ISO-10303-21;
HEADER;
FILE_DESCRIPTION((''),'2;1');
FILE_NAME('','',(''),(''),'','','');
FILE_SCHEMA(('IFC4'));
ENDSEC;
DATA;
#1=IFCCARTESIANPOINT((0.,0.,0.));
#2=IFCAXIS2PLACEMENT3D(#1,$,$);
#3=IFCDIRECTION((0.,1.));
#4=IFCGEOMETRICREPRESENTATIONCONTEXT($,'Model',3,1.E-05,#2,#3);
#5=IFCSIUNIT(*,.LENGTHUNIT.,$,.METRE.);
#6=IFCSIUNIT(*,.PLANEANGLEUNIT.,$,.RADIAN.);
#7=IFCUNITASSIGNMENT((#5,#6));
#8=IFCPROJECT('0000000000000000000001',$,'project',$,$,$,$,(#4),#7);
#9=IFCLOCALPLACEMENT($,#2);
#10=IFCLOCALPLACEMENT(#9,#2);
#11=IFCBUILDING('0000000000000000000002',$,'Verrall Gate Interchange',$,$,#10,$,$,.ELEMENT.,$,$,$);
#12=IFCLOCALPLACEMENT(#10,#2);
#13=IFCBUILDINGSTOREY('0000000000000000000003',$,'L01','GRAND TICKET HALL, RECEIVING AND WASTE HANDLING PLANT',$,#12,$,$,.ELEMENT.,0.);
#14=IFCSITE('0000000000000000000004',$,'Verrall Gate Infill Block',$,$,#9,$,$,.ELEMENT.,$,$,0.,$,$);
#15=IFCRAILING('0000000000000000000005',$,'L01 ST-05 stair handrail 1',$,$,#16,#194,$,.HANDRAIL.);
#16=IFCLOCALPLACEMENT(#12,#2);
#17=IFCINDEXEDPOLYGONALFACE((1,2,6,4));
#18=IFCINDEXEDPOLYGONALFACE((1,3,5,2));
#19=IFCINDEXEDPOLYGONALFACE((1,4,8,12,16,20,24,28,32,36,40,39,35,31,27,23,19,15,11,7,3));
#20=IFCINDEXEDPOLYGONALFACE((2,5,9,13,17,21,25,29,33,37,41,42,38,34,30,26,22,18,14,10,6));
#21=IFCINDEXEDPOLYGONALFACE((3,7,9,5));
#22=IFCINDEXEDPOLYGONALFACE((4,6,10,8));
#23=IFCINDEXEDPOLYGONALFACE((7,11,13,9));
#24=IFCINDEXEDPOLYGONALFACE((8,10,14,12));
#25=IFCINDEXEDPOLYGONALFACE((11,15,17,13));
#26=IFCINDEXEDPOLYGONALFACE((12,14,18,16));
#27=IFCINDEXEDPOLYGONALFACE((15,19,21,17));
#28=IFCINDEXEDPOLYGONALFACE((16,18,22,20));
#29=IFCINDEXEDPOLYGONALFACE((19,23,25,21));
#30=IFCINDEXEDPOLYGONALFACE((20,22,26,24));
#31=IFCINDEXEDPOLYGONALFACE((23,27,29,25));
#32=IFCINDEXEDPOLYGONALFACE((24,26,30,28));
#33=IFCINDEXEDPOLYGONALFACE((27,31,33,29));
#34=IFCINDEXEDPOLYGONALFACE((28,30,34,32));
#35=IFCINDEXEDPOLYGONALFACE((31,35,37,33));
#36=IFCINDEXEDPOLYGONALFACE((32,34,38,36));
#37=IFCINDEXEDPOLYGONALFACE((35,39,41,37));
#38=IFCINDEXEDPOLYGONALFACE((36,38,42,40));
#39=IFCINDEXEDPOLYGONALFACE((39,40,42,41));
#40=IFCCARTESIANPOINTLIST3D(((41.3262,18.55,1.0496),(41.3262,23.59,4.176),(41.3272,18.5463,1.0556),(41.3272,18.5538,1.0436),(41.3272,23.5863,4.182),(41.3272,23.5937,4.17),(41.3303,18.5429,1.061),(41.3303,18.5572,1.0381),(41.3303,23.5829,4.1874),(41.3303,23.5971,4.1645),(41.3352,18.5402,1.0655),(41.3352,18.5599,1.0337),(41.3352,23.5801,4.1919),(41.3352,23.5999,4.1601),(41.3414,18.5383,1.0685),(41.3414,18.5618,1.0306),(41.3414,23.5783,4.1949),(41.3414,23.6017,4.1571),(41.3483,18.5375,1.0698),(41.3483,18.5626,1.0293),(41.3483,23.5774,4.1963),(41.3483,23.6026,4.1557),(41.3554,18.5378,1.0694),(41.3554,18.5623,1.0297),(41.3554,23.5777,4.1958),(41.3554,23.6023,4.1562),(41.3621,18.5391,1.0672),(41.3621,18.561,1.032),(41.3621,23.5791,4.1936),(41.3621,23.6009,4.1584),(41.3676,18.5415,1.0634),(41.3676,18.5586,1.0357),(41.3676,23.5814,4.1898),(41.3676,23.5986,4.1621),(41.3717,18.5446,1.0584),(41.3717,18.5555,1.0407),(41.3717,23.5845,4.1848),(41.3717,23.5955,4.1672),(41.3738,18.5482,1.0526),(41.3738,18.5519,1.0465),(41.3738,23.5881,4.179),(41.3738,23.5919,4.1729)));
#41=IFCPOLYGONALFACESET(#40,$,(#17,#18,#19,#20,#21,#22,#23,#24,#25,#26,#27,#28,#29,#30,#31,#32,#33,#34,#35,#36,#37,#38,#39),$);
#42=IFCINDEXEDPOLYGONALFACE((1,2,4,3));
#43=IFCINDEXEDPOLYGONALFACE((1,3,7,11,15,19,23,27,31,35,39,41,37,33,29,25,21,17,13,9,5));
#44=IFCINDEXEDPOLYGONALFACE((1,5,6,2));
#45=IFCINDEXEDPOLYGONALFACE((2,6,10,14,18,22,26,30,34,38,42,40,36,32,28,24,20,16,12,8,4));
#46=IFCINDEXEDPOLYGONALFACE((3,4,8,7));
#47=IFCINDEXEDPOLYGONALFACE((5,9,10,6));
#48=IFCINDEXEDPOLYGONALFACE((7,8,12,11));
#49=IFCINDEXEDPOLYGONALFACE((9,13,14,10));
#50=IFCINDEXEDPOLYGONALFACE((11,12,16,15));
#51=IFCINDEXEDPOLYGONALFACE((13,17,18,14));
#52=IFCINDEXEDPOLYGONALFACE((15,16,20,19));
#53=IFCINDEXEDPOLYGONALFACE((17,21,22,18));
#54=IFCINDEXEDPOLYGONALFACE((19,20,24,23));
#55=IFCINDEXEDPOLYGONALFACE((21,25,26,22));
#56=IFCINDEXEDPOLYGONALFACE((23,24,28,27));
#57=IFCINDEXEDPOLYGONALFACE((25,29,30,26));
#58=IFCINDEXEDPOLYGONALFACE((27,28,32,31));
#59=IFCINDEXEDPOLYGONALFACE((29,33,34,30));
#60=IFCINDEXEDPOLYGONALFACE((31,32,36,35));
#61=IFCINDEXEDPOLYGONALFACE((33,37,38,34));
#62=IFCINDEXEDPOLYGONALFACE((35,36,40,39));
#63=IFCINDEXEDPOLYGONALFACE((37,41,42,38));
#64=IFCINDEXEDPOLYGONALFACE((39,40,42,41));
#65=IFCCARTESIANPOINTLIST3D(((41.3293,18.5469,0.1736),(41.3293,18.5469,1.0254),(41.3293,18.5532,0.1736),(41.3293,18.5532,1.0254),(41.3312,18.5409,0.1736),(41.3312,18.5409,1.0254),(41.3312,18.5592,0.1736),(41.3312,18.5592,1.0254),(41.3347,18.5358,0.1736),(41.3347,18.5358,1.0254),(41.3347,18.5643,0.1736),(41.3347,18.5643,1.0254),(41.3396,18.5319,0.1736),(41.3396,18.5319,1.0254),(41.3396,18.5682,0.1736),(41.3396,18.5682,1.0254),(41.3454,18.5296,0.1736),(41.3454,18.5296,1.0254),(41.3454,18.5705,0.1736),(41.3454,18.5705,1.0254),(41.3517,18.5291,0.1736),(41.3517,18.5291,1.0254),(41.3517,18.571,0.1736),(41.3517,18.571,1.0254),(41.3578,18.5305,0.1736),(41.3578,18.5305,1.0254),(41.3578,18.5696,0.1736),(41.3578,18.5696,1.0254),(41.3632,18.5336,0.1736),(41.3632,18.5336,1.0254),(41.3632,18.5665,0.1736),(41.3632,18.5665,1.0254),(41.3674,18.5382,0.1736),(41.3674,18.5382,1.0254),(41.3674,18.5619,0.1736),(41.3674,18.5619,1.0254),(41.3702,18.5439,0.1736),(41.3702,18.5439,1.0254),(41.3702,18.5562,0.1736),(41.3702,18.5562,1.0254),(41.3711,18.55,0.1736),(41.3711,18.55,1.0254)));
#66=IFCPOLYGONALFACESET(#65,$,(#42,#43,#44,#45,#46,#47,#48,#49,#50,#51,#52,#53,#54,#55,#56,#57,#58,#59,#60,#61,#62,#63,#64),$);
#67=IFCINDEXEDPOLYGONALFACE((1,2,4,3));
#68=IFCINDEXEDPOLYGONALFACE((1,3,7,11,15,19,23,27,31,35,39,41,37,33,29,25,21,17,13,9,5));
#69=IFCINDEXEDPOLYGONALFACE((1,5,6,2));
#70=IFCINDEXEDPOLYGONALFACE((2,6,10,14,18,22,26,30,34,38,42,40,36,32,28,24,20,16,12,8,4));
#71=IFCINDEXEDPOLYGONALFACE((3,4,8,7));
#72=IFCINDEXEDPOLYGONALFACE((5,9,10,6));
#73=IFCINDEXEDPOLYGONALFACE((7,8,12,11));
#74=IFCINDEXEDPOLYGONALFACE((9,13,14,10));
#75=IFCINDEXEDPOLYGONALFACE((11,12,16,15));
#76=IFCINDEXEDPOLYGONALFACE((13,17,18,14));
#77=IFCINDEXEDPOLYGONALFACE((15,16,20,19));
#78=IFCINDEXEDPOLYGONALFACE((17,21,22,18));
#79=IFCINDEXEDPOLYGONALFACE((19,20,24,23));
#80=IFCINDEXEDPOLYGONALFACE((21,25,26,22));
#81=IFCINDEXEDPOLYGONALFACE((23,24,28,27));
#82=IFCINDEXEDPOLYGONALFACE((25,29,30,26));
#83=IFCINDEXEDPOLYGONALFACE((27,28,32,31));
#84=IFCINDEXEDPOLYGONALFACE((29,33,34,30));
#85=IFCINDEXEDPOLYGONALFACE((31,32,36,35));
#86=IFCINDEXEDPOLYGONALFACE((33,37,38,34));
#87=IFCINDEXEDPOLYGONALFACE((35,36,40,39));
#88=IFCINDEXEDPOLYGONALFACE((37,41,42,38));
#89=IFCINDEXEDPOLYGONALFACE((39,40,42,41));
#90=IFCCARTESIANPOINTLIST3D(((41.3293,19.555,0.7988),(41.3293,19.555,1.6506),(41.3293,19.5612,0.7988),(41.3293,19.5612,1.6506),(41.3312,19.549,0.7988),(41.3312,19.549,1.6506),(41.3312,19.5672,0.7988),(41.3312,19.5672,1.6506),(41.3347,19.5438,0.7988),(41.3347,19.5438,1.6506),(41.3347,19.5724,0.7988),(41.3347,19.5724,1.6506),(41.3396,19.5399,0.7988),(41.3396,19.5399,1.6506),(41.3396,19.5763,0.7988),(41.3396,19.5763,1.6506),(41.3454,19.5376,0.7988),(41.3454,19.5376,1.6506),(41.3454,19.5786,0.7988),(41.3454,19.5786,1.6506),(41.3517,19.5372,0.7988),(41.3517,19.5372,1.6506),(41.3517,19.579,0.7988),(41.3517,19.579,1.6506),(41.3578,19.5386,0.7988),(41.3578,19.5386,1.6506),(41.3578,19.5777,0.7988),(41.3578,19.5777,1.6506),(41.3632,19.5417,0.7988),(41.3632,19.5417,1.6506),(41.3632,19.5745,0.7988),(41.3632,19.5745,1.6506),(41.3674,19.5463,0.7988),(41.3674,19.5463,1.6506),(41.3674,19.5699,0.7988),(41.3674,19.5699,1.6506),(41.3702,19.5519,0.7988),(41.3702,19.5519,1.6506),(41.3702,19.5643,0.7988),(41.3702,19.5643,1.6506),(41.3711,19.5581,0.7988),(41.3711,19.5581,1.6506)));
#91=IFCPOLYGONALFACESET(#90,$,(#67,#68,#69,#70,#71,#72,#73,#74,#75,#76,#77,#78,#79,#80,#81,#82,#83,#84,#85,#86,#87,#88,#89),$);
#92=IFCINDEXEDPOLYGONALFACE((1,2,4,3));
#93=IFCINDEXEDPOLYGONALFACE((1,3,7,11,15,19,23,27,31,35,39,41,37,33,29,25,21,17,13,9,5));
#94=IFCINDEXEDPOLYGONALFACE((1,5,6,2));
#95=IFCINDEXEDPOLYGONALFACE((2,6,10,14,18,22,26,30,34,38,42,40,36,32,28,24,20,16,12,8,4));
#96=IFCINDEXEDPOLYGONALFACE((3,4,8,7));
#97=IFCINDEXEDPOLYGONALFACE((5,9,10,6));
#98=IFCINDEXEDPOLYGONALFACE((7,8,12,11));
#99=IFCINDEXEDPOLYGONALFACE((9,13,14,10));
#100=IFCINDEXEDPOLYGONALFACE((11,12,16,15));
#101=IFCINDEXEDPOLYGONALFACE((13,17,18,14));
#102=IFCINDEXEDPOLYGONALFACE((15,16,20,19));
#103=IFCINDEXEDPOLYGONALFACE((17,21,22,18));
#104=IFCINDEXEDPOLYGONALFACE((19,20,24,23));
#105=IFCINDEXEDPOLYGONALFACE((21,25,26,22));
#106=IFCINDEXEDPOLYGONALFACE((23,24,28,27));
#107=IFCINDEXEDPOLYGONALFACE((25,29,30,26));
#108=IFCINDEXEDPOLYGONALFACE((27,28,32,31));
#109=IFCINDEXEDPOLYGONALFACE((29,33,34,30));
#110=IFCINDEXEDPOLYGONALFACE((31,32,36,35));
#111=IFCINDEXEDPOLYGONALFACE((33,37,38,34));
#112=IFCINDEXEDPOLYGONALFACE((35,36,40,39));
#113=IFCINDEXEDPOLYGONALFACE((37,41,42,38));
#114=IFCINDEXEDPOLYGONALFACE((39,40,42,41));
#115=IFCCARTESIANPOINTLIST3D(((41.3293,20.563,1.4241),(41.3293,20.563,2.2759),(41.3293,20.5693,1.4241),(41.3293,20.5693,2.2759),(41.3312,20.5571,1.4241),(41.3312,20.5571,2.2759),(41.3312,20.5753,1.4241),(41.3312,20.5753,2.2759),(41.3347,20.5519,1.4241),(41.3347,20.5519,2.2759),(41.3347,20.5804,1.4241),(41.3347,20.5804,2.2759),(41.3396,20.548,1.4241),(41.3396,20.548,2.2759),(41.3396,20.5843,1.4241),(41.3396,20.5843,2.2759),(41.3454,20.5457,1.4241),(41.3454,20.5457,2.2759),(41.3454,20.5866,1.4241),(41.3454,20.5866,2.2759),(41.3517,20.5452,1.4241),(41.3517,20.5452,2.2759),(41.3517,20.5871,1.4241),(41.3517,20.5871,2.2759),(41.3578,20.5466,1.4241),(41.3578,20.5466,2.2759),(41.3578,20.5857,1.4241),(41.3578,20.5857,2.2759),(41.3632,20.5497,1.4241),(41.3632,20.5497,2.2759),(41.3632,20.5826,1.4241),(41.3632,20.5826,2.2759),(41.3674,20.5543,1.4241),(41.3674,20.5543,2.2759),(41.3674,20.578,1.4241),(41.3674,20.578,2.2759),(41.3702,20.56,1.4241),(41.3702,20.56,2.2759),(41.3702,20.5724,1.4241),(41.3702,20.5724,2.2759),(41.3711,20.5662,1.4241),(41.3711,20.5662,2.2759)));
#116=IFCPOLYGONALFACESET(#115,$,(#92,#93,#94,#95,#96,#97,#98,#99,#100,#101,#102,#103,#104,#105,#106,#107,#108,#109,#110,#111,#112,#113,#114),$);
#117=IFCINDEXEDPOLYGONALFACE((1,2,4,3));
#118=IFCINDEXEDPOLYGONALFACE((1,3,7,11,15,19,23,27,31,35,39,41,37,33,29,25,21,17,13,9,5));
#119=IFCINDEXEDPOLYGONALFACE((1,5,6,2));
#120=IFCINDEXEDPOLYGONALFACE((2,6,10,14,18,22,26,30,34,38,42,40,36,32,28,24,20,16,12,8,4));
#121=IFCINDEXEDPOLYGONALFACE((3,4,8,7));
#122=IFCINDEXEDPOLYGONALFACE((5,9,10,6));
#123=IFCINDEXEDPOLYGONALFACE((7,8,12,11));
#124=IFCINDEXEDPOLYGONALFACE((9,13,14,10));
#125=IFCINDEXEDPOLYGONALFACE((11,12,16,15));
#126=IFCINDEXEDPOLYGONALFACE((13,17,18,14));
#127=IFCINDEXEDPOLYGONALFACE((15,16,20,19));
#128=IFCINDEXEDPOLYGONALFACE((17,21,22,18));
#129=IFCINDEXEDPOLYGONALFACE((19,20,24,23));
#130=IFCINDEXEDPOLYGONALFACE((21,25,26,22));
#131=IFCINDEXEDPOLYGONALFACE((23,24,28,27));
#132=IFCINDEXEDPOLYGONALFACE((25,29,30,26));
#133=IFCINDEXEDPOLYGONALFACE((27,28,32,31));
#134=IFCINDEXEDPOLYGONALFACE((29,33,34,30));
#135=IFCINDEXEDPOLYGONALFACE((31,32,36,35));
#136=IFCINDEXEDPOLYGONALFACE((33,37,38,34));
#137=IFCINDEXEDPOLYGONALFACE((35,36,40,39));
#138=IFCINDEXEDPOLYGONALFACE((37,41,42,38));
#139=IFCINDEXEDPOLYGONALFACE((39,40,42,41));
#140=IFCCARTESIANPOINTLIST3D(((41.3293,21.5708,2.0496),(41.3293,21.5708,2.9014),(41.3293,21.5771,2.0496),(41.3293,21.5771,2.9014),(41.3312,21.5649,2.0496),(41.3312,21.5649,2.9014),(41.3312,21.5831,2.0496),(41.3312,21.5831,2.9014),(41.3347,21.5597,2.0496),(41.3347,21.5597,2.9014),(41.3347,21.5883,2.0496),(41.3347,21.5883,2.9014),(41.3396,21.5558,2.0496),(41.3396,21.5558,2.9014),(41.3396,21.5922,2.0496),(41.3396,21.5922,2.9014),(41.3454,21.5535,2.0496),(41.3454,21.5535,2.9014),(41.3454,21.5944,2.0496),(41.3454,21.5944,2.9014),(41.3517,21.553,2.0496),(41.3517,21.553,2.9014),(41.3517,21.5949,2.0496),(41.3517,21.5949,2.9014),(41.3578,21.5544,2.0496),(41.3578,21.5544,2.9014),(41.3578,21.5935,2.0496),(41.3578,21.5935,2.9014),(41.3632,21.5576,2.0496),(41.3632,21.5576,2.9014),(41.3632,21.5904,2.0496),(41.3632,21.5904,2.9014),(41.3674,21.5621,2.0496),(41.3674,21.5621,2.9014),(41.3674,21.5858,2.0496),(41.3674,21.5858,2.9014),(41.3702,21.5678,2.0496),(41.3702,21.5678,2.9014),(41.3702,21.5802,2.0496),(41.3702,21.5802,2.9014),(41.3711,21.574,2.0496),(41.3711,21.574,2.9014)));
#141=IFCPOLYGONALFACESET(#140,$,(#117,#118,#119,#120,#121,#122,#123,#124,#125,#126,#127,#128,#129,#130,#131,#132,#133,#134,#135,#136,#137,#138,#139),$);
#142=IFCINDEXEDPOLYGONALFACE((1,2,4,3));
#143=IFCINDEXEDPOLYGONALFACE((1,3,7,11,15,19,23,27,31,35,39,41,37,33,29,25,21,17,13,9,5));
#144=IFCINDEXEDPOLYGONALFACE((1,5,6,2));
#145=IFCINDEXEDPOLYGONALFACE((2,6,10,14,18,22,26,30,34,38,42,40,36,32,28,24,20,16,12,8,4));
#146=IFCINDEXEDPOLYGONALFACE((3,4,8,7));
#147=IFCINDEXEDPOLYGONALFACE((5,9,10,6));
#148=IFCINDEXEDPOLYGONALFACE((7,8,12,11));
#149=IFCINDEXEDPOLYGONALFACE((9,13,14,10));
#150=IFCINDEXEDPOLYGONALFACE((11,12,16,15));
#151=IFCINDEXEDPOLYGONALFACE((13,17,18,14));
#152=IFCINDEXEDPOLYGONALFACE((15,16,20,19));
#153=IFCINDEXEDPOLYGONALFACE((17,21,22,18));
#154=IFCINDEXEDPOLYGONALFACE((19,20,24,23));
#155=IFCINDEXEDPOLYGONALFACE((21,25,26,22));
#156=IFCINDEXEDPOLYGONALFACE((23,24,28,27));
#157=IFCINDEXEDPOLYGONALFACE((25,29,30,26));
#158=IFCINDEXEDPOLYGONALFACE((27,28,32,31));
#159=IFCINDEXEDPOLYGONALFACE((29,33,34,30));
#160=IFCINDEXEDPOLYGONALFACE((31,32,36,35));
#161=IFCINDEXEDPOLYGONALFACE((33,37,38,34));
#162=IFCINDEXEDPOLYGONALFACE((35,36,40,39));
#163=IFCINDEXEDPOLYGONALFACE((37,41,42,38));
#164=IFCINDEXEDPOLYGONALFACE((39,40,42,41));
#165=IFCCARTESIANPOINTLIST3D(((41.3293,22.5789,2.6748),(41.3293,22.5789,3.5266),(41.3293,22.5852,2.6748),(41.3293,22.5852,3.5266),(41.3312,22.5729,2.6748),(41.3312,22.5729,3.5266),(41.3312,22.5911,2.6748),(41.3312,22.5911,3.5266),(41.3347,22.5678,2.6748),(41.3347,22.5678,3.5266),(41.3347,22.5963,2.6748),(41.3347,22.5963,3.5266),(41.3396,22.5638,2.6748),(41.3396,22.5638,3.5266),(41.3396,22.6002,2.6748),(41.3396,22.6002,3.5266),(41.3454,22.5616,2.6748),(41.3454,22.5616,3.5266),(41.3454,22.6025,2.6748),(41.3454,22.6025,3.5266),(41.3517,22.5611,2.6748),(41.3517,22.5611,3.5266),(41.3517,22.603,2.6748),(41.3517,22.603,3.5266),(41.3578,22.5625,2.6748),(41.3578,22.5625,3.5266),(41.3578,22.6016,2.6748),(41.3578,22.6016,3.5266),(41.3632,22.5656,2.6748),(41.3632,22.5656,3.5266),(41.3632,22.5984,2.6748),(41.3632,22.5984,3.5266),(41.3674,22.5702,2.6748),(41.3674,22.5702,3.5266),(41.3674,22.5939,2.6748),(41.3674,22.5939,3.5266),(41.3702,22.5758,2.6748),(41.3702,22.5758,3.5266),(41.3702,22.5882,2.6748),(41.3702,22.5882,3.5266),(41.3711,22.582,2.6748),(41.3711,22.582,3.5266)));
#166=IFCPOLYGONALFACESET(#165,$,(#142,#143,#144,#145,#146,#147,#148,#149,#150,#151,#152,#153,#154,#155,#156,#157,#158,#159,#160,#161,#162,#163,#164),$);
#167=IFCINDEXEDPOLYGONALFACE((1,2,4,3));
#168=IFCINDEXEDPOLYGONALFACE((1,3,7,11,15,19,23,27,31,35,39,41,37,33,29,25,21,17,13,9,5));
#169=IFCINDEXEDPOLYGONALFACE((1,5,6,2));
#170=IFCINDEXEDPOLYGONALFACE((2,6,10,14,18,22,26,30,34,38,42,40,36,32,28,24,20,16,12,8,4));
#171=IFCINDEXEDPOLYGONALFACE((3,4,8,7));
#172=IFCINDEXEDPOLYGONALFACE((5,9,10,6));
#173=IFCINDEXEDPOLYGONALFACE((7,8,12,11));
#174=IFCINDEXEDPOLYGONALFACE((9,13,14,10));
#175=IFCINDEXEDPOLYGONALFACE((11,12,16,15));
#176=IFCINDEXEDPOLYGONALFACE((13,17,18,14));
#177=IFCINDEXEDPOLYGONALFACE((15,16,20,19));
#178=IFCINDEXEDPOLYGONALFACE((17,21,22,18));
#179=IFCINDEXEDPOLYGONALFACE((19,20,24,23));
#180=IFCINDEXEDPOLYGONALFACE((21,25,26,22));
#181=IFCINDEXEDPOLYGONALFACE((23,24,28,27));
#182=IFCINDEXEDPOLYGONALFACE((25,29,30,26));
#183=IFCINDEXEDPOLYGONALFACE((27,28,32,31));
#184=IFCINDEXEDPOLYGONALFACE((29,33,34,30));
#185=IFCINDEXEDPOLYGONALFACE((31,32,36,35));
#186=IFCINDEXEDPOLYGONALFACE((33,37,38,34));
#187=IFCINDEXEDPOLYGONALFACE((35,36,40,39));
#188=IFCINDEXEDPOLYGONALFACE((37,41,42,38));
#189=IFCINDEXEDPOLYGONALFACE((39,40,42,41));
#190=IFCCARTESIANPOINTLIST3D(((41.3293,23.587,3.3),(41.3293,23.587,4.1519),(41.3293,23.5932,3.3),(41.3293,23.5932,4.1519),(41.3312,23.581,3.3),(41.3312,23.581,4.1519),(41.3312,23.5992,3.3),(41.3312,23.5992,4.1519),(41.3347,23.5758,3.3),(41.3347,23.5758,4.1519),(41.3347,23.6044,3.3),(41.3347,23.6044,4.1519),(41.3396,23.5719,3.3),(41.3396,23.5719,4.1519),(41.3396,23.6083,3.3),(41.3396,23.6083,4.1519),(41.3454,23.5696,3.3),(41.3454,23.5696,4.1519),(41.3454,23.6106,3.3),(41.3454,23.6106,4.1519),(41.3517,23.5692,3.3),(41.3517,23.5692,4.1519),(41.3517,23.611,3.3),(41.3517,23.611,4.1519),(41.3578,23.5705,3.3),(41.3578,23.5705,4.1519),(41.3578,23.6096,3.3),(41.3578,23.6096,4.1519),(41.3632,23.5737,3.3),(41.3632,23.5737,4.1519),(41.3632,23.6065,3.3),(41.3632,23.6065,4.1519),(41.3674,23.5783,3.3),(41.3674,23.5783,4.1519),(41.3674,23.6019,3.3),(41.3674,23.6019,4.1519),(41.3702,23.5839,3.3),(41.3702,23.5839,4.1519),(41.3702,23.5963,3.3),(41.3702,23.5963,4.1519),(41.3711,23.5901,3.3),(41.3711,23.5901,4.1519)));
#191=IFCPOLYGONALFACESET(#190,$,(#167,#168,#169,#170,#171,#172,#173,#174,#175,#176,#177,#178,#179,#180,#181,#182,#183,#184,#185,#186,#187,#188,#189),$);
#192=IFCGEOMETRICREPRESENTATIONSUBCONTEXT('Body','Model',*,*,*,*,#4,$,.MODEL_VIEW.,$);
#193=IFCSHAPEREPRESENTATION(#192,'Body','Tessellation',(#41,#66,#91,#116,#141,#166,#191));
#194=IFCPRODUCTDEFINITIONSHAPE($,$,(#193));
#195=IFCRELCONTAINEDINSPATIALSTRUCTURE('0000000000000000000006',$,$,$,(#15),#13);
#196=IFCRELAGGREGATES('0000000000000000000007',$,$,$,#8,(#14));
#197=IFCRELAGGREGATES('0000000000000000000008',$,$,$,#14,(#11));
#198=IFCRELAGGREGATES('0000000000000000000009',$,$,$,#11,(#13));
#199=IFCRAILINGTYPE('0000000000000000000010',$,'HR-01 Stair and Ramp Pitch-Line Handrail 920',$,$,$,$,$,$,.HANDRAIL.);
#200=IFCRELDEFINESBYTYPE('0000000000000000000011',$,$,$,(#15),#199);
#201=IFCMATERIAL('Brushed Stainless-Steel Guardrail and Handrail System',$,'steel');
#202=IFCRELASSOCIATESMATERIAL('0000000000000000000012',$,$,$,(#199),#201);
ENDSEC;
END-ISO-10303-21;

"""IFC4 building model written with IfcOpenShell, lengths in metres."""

from ifc_helpers import new_model, si_unit, direction, frame, origin, origin_2d, place, context, subcontext, project, spatial, circle, extrude, material, type_object, element, save


model = new_model("IFC4")

# Units and contexts
model_context = context("Model", 3, precision=1e-05, world=origin(), true_north=direction((0.0, 1.0)))
body_context = subcontext(model_context, "Body", "Model", "MODEL_VIEW")
ifc_project = project(units=[si_unit("LENGTHUNIT", "METRE"), si_unit("PLANEANGLEUNIT", "RADIAN")], contexts=[model_context])

# Site, building, storey
site_placement = place(None, origin())
site = spatial("IfcSite", under=ifc_project, at=site_placement, Name="Verrall Gate Infill Block", CompositionType="ELEMENT", RefElevation=0.0)
building_placement = place(site_placement, origin())
building = spatial("IfcBuilding", under=site, at=building_placement, Name="Verrall Gate Interchange", CompositionType="ELEMENT")
storey_placement = place(building_placement, origin())
storey = spatial("IfcBuildingStorey", under=building, at=storey_placement, Name="L01", Description="GRAND TICKET HALL, RECEIVING AND WASTE HANDLING PLANT", CompositionType="ELEMENT", Elevation=0.0)

# Railing
ifc_material_1 = material(Name="Brushed Stainless-Steel Guardrail and Handrail System", Category="steel")
railing_type_1 = type_object("IfcRailingType", Name="HR-01 Stair and Ramp Pitch-Line Handrail 920", PredefinedType="HANDRAIL", material=ifc_material_1)
railing_1_placement = place(storey_placement, frame((41.3501, 18.55, 0.1736)))
element("IfcRailing", 1, at=railing_1_placement, inside=storey, type_object=railing_type_1, Name="L01 ST-05 stair handrail 1", PredefinedType="HANDRAIL", context=body_context, shape_type="SweptSolid", body=[
    extrude(circle(Radius=0.0239, at=origin_2d()), frame((0.0, 0.0, 0.876), z_axis=(0.0, 0.849779, 0.527139), x_axis=(-1.0, 0.0, 0.0)), (0.0, 0.0, 1.0), 5.9309),
    extrude(circle(Radius=0.021, at=origin_2d()), origin(), (0.0, 0.0, 1.0), 0.8518),
    extrude(circle(Radius=0.021, at=origin_2d()), frame((0.0, 1.0081, 0.6252)), (0.0, 0.0, 1.0), 0.8518),
    extrude(circle(Radius=0.021, at=origin_2d()), frame((0.0, 2.0161, 1.2505)), (0.0, 0.0, 1.0), 0.8518),
    extrude(circle(Radius=0.021, at=origin_2d()), frame((0.0, 3.0239, 1.876)), (0.0, 0.0, 1.0), 0.8518),
    extrude(circle(Radius=0.021, at=origin_2d()), frame((0.0, 4.032, 2.5012)), (0.0, 0.0, 1.0), 0.8518),
    extrude(circle(Radius=0.021, at=origin_2d()), frame((0.0, 5.04, 3.1265)), (0.0, 0.0, 1.0), 0.8518),
])

save(model, "model.ifc")
